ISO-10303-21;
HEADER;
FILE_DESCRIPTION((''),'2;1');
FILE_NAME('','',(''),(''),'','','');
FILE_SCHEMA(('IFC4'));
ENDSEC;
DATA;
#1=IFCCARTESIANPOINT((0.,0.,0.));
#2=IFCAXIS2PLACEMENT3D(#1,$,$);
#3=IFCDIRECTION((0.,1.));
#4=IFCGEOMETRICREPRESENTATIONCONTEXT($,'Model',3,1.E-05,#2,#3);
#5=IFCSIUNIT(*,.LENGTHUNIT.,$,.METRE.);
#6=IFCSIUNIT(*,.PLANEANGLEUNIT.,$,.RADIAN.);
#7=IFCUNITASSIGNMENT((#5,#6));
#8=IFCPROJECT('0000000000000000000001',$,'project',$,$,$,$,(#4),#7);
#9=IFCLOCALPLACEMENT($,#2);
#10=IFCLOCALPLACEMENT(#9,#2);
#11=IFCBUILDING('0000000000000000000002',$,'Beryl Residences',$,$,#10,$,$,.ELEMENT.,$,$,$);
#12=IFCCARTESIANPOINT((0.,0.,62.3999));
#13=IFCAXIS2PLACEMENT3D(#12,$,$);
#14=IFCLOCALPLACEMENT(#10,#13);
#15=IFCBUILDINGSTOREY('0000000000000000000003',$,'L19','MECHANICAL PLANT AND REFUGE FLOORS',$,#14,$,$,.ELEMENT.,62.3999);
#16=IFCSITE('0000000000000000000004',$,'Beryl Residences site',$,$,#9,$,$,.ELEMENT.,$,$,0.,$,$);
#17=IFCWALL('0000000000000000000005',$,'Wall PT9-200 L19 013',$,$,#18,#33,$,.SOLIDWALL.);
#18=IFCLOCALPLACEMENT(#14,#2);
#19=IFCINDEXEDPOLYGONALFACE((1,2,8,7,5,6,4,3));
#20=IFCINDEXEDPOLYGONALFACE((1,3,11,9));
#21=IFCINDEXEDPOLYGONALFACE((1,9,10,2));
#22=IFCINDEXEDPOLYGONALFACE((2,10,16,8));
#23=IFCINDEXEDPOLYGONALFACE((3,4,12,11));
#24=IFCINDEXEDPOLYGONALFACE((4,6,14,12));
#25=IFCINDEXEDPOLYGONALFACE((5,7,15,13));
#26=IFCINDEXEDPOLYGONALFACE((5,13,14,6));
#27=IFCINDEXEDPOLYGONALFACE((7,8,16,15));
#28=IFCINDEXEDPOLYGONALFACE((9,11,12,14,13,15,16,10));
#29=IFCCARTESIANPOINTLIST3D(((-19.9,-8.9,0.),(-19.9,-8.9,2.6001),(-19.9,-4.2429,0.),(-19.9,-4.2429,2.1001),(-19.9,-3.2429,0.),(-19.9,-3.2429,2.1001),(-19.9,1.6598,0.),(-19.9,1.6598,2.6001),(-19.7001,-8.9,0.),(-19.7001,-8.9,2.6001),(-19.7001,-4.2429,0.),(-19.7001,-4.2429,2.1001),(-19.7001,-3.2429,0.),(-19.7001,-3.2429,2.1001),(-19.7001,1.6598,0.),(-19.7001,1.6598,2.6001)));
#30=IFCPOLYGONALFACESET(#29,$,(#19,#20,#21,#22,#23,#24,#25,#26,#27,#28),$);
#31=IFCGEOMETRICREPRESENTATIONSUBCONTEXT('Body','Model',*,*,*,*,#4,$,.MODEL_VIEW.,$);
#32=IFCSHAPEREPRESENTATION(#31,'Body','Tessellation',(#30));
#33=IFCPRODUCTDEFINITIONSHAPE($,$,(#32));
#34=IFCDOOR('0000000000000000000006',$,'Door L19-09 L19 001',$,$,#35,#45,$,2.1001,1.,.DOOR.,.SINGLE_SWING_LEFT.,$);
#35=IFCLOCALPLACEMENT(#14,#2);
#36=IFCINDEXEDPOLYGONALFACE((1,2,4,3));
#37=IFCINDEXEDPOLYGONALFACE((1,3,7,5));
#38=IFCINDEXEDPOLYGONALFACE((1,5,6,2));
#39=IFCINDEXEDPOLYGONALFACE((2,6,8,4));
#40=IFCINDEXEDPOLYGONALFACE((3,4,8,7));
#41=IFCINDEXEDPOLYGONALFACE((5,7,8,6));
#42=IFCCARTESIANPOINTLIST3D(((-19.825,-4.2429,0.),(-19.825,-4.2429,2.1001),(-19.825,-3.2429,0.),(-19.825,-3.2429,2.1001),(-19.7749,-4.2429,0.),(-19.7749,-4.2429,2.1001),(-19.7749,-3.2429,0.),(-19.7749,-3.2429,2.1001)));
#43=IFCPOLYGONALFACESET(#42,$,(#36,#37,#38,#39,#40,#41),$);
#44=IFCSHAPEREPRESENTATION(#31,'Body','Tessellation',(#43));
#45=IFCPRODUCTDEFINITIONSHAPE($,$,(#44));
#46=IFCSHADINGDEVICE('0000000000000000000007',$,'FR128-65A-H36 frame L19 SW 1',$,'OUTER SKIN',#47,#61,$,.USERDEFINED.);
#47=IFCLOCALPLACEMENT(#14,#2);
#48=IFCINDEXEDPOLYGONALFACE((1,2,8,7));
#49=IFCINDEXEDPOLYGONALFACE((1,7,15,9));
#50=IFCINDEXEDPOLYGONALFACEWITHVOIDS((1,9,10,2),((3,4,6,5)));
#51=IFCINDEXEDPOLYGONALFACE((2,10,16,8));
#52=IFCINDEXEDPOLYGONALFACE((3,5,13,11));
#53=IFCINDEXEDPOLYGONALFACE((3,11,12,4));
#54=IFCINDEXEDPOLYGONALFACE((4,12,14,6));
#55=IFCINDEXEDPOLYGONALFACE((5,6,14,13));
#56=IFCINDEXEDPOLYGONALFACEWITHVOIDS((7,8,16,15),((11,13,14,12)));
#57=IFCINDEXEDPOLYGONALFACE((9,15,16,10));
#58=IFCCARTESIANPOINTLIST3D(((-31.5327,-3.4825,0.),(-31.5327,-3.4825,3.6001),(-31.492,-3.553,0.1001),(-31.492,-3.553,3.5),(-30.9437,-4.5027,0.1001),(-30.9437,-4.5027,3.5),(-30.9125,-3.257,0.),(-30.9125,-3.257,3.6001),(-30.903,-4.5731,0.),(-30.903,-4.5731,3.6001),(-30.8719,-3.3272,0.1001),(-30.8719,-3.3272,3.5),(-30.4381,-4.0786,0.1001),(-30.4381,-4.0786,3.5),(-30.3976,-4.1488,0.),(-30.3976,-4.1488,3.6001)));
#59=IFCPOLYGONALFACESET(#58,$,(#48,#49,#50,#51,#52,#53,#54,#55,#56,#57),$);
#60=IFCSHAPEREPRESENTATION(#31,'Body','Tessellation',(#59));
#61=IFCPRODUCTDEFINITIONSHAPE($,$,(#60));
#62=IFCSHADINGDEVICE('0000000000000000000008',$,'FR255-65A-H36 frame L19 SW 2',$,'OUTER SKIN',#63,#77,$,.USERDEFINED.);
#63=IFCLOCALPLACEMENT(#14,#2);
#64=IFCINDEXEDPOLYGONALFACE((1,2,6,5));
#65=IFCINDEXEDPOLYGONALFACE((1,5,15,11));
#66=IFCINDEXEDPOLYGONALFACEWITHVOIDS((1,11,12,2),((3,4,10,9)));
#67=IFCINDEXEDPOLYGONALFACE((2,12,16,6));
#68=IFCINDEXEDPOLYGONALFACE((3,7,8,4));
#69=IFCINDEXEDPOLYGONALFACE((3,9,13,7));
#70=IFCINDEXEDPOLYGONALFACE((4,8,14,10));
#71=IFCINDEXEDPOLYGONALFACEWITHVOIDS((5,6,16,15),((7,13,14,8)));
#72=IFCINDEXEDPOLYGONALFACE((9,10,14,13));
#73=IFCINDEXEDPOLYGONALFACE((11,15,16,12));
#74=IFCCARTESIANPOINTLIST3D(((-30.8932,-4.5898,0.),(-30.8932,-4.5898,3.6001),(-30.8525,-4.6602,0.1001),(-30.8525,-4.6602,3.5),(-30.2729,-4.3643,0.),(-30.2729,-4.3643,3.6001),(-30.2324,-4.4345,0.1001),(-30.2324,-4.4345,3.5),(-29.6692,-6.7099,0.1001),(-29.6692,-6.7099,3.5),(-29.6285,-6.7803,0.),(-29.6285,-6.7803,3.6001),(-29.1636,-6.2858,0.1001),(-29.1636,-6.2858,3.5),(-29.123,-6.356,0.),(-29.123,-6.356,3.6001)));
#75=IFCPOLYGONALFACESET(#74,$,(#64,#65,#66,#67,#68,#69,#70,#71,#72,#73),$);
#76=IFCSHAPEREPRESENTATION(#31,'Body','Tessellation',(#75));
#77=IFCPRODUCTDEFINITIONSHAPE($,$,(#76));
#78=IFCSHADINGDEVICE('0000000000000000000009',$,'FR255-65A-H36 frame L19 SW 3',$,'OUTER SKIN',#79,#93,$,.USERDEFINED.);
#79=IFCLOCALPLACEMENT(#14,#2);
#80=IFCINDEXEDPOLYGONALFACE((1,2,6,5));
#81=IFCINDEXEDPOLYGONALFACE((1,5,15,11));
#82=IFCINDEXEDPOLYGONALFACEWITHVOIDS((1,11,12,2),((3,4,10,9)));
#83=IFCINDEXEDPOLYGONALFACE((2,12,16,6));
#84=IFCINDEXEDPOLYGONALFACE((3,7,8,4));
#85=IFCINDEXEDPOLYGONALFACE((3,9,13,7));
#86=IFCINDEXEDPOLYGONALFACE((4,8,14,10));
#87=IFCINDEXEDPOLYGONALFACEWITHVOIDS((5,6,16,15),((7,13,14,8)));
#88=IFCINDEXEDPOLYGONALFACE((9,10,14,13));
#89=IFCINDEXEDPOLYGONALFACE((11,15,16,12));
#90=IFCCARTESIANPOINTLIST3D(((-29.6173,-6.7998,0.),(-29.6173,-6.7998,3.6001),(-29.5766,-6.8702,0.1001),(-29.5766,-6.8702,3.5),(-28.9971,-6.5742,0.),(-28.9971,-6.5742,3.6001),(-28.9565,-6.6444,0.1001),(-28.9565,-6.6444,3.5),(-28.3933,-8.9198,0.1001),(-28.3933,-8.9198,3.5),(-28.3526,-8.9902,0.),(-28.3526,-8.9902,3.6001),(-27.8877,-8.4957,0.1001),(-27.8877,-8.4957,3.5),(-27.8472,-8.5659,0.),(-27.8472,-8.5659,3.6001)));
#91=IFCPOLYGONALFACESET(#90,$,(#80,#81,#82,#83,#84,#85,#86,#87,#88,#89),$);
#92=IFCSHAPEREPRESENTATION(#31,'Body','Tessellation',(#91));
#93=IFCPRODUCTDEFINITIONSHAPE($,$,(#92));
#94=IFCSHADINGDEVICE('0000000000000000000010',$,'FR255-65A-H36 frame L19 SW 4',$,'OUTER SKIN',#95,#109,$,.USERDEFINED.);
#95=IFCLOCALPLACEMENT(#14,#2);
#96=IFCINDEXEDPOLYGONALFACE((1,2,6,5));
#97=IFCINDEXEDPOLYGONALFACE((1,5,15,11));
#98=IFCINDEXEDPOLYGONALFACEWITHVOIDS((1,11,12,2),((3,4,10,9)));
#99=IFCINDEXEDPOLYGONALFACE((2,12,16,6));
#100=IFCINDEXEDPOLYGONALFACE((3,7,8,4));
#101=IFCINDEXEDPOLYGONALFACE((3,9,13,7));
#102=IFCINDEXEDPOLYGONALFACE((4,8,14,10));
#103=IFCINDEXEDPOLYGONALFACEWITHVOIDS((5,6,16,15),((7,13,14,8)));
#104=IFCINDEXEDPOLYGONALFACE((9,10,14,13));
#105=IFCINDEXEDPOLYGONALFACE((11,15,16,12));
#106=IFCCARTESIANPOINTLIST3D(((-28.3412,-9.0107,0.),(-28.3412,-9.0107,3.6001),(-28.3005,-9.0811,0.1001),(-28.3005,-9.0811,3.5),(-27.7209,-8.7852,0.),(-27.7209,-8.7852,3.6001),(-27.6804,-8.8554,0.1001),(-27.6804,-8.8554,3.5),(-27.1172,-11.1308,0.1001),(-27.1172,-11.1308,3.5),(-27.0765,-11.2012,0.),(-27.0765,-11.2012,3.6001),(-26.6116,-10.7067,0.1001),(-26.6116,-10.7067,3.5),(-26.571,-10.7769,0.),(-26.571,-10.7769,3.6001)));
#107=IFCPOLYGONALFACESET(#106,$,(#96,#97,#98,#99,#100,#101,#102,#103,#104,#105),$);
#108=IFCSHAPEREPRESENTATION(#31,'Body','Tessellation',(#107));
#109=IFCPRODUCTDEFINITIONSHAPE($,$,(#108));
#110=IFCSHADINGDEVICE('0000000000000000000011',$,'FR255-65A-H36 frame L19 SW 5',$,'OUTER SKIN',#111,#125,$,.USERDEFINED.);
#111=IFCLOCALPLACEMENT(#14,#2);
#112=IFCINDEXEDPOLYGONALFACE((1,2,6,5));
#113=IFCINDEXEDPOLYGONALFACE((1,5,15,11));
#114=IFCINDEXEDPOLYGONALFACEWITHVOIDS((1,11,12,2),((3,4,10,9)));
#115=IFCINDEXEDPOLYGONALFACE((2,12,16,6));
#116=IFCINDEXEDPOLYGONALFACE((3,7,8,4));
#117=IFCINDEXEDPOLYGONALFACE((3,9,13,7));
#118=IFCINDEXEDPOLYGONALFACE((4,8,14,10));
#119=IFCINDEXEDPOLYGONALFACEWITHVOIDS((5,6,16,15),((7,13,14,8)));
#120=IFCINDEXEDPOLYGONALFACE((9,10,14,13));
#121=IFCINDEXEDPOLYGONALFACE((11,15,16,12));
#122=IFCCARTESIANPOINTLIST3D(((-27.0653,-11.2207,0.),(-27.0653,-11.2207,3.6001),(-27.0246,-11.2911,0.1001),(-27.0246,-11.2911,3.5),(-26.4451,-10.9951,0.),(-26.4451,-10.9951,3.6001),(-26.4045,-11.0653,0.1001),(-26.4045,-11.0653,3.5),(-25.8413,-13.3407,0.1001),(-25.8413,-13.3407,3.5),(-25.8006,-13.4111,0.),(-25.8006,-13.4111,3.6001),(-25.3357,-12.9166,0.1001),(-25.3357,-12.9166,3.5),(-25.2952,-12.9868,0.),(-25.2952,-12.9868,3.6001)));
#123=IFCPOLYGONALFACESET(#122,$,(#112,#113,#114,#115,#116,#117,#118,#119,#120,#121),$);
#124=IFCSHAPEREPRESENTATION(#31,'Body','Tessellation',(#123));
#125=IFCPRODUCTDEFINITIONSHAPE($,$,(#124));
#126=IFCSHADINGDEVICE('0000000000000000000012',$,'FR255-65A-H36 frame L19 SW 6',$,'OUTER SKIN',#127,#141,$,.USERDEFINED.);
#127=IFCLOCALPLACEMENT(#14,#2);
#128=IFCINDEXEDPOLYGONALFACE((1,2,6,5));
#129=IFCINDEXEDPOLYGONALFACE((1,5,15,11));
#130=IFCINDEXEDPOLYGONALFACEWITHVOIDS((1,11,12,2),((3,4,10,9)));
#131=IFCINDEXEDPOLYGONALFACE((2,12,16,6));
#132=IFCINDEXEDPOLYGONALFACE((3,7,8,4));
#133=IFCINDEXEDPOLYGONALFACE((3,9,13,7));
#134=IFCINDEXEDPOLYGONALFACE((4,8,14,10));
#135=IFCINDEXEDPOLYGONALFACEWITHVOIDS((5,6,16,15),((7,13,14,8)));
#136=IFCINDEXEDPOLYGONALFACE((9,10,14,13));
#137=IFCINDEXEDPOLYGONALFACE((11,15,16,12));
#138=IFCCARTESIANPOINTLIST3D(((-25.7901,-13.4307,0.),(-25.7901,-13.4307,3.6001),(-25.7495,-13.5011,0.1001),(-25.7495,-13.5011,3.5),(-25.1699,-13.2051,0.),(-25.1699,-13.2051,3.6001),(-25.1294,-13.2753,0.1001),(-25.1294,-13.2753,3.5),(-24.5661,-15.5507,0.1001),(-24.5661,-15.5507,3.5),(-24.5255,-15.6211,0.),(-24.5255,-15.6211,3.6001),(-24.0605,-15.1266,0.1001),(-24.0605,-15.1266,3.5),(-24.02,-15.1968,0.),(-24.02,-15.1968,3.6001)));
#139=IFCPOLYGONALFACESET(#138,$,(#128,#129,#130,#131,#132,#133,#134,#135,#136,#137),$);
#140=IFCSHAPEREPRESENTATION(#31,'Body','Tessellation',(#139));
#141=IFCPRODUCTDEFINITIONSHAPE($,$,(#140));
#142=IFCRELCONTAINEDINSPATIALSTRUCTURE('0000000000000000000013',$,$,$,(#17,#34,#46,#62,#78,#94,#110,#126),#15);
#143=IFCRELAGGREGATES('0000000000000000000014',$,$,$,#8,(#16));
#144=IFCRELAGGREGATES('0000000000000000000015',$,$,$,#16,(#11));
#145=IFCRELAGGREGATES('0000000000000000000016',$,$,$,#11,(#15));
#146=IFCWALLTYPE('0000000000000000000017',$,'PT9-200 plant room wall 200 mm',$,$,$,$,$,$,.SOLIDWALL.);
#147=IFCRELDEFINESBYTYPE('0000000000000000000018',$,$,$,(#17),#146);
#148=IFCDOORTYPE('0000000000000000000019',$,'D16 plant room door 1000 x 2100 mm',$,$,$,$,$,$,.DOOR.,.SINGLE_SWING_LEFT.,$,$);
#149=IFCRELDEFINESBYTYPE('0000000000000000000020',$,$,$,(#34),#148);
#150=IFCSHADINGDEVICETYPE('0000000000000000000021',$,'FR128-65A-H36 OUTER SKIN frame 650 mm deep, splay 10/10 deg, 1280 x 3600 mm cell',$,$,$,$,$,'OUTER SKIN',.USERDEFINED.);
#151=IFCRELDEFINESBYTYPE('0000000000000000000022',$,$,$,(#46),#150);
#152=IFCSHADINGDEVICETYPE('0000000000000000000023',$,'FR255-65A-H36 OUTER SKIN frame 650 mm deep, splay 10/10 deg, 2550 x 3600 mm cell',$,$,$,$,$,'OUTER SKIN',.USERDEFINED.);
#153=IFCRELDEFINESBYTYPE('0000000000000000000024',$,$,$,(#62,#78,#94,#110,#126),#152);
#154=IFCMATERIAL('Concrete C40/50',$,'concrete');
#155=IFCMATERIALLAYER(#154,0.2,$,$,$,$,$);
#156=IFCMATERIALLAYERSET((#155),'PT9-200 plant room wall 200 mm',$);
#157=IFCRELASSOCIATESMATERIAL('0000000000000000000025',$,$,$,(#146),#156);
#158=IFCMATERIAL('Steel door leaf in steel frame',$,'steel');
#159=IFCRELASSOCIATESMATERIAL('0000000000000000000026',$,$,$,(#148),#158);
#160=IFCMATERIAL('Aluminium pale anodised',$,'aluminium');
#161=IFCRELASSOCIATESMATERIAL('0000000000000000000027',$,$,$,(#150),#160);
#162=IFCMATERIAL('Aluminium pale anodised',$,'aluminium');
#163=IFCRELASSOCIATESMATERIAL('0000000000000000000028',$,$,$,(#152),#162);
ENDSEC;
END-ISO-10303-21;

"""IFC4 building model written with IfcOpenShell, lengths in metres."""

from ifc_helpers import new_model, entity, si_unit, direction, frame, frame_2d, origin, place, context, subcontext, project, spatial, rectangle, extrude, source, transform, mapped, material, layer, layer_set, type_object, type_shapes, element, fill, save


model = new_model("IFC4")

# Units and contexts
model_context = context("Model", 3, precision=1e-05, world=origin(), true_north=direction((0.0, 1.0)))
body_context = subcontext(model_context, "Body", "Model", "MODEL_VIEW")
ifc_project = project(units=[si_unit("LENGTHUNIT", "METRE"), si_unit("PLANEANGLEUNIT", "RADIAN")], contexts=[model_context])

# Site, building, storey
site_placement = place(None, origin())
site = spatial("IfcSite", under=ifc_project, at=site_placement, Name="Beryl Residences site", CompositionType="ELEMENT", RefElevation=0.0)
building_placement = place(site_placement, origin())
building = spatial("IfcBuilding", under=site, at=building_placement, Name="Beryl Residences", CompositionType="ELEMENT")
storey_placement = place(building_placement, frame((0.0, 0.0, 62.3999)))
storey = spatial("IfcBuildingStorey", under=building, at=storey_placement, Name="L19", Description="MECHANICAL PLANT AND REFUGE FLOORS", CompositionType="ELEMENT", Elevation=62.3999)

# Shared definitions
ifc_material_1 = material(Name="Concrete C40/50", Category="concrete")
ifc_layer_1 = layer(ifc_material_1, 0.2)
ifc_layer_set_1 = layer_set([ifc_layer_1], Name="PT9-200 plant room wall 200 mm")
wall_type_1 = type_object("IfcWallType", Name="PT9-200 plant room wall 200 mm", PredefinedType="SOLIDWALL", material=ifc_layer_set_1)

# Wall, opening, door
wall_1_placement = place(storey_placement, frame((-19.8, -8.8999, 0.0), z_axis=(0.0, 0.0, 1.0), x_axis=(0.0, 1.0, 0.0)))
wall_1 = element("IfcWall", 1, at=wall_1_placement, inside=storey, type_object=wall_type_1, Name="Wall PT9-200 L19 013", PredefinedType="SOLIDWALL", context=body_context, shape_type="SweptSolid", body=[
    extrude(rectangle(XDim=10.5598, YDim=0.2, at=frame_2d((5.2798, 0.0))), origin(), (0.0, 0.0, 1.0), 2.6001),
])
opening_placement = place(wall_1_placement, frame((4.657, 0.0, 0.0)))
opening = element("IfcOpeningElement", 2, at=opening_placement, cuts=wall_1, PredefinedType="OPENING", context=body_context, shape_type="SweptSolid", body=[
    extrude(rectangle(XDim=1.0, YDim=2.1001, at=frame_2d((0.5, 1.05))), frame((0.0, 0.1099, 0.0), z_axis=(0.0, -1.0, 0.0), x_axis=(1.0, 0.0, 0.0)), (0.0, 0.0, 1.0), 0.22),
])
ifc_material_2 = material(Name="Steel door leaf in steel frame", Category="steel")
door_type = type_object("IfcDoorType", Name="D16 plant room door 1000 x 2100 mm", OperationType="SINGLE_SWING_LEFT", PredefinedType="DOOR", material=ifc_material_2)
door_placement = place(opening_placement, origin())
door = element("IfcDoor", 3, at=door_placement, inside=storey, type_object=door_type, Name="Door L19-09 L19 001", OperationType="SINGLE_SWING_LEFT", OverallHeight=2.1001, OverallWidth=1.0, PredefinedType="DOOR", context=body_context, shape_type="SweptSolid", body=[
    extrude(rectangle(XDim=1.0, YDim=2.1001, at=frame_2d((0.5, 1.05))), frame((0.0, 0.0249, 0.0), z_axis=(0.0, -1.0, 0.0), x_axis=(1.0, 0.0, 0.0)), (0.0, 0.0, 1.0), 0.05),
])
fill(opening, door)

# Shading devices
ifc_material_3 = material(Name="Aluminium pale anodised", Category="aluminium")
shading_device_type_1 = type_object("IfcShadingDeviceType", Name="FR128-65A-H36 OUTER SKIN frame 650 mm deep, splay 10/10 deg, 1280 x 3600 mm cell", ElementType="OUTER SKIN", PredefinedType="USERDEFINED", material=ifc_material_3)
cartesian_point_1 = entity("IfcCartesianPoint", [-0.5149, 0.0])
cartesian_point_2 = entity("IfcCartesianPoint", [-0.4338, 0.1001])
cartesian_point_3 = entity("IfcCartesianPoint", [-0.6296, 0.0])
cartesian_point_4 = entity("IfcCartesianPoint", [-0.5483, 0.1001])
shared_shape_1 = source(origin(), body_context, "Body", "SweptSolid", [
    entity("IfcExtrudedAreaSolidTapered", entity("IfcArbitraryProfileDefWithVoids", "AREA", None, entity("IfcPolyline", [cartesian_point_1, entity("IfcCartesianPoint", [0.5149, 0.0]), entity("IfcCartesianPoint", [0.5149, 3.6001]), entity("IfcCartesianPoint", [-0.5149, 3.6001]), cartesian_point_1]), [entity("IfcPolyline", [cartesian_point_2, entity("IfcCartesianPoint", [0.4338, 0.1001]), entity("IfcCartesianPoint", [0.4338, 3.5]), entity("IfcCartesianPoint", [-0.4338, 3.5]), cartesian_point_2])]), entity("IfcAxis2Placement3D", entity("IfcCartesianPoint", [0.0, 0.0, 0.0]), entity("IfcDirection", [0.0, 1.0, 0.0]), entity("IfcDirection", [-1.0, 0.0, 0.0])), entity("IfcDirection", [0.0, 0.0, 1.0]), 0.6499, entity("IfcArbitraryProfileDefWithVoids", "AREA", None, entity("IfcPolyline", [cartesian_point_3, entity("IfcCartesianPoint", [0.6296, 0.0]), entity("IfcCartesianPoint", [0.6296, 3.6001]), entity("IfcCartesianPoint", [-0.6296, 3.6001]), cartesian_point_3]), [entity("IfcPolyline", [cartesian_point_4, entity("IfcCartesianPoint", [0.5483, 0.1001]), entity("IfcCartesianPoint", [0.5483, 3.5]), entity("IfcCartesianPoint", [-0.5483, 3.5]), cartesian_point_4])])),
])
type_shapes(shading_device_type_1, [shared_shape_1])
shading_device_placement = place(storey_placement, frame((-30.655, -3.7029, 0.0), z_axis=(0.0, 0.0, 1.0), x_axis=(-0.5, 0.866025, 0.0)))
element("IfcShadingDevice", 4, at=shading_device_placement, inside=storey, type_object=shading_device_type_1, Name="FR128-65A-H36 frame L19 SW 1", ObjectType="OUTER SKIN", PredefinedType="USERDEFINED", context=body_context, shape_type="MappedRepresentation", body=[
    mapped(shared_shape_1, transform((0.0, 0.0, 0.0))),
])
ifc_material_4 = material(Name="Aluminium pale anodised", Category="aluminium")
shading_device_type_2 = type_object("IfcShadingDeviceType", Name="FR255-65A-H36 OUTER SKIN frame 650 mm deep, splay 10/10 deg, 2550 x 3600 mm cell", ElementType="OUTER SKIN", PredefinedType="USERDEFINED", material=ifc_material_4)
cartesian_point_5 = entity("IfcCartesianPoint", [-1.1499, 0.0])
cartesian_point_6 = entity("IfcCartesianPoint", [-1.0688, 0.1001])
cartesian_point_7 = entity("IfcCartesianPoint", [-1.2646, 0.0])
cartesian_point_8 = entity("IfcCartesianPoint", [-1.1833, 0.1001])
shared_shape_2 = source(origin(), body_context, "Body", "SweptSolid", [
    entity("IfcExtrudedAreaSolidTapered", entity("IfcArbitraryProfileDefWithVoids", "AREA", None, entity("IfcPolyline", [cartesian_point_5, entity("IfcCartesianPoint", [1.1499, 0.0]), entity("IfcCartesianPoint", [1.1499, 3.6001]), entity("IfcCartesianPoint", [-1.1499, 3.6001]), cartesian_point_5]), [entity("IfcPolyline", [cartesian_point_6, entity("IfcCartesianPoint", [1.0688, 0.1001]), entity("IfcCartesianPoint", [1.0688, 3.5]), entity("IfcCartesianPoint", [-1.0688, 3.5]), cartesian_point_6])]), entity("IfcAxis2Placement3D", entity("IfcCartesianPoint", [0.0, 0.0, 0.0]), entity("IfcDirection", [0.0, 1.0, 0.0]), entity("IfcDirection", [-1.0, 0.0, 0.0])), entity("IfcDirection", [0.0, 0.0, 1.0]), 0.6499, entity("IfcArbitraryProfileDefWithVoids", "AREA", None, entity("IfcPolyline", [cartesian_point_7, entity("IfcCartesianPoint", [1.2646, 0.0]), entity("IfcCartesianPoint", [1.2646, 3.6001]), entity("IfcCartesianPoint", [-1.2646, 3.6001]), cartesian_point_7]), [entity("IfcPolyline", [cartesian_point_8, entity("IfcCartesianPoint", [1.1833, 0.1001]), entity("IfcCartesianPoint", [1.1833, 3.5]), entity("IfcCartesianPoint", [-1.1833, 3.5]), cartesian_point_8])])),
])
type_shapes(shading_device_type_2, [shared_shape_2])
for number, where, z_axis, x_axis, name in (
    (5, (-29.698, -5.3601, 0.0), (0.0, 0.0, 1.0), (-0.5, 0.866025, 0.0), "FR255-65A-H36 frame L19 SW 2"),
    (6, (-28.4221, -7.5701, 0.0), (0.0, 0.0, 1.0), (-0.5, 0.866025, 0.0), "FR255-65A-H36 frame L19 SW 3"),
    (7, (-27.146, -9.781, 0.0), (0.0, 0.0, 1.0), (-0.5, 0.866025, 0.0), "FR255-65A-H36 frame L19 SW 4"),
    (8, (-25.8701, -11.991, 0.0), (0.0, 0.0, 1.0), (-0.5, 0.866025, 0.0), "FR255-65A-H36 frame L19 SW 5"),
    (9, (-24.595, -14.2009, 0.0), (0.0, 0.0, 1.0), (-0.5, 0.866025, 0.0), "FR255-65A-H36 frame L19 SW 6"),
):
    element("IfcShadingDevice", number, at=place(storey_placement, frame(where, z_axis=z_axis, x_axis=x_axis)), inside=storey, type_object=shading_device_type_2, Name=name, ObjectType="OUTER SKIN", PredefinedType="USERDEFINED", context=body_context, shape_type="MappedRepresentation", body=[
        mapped(shared_shape_2, transform((0.0, 0.0, 0.0))),
    ])

save(model, "model.ifc")
